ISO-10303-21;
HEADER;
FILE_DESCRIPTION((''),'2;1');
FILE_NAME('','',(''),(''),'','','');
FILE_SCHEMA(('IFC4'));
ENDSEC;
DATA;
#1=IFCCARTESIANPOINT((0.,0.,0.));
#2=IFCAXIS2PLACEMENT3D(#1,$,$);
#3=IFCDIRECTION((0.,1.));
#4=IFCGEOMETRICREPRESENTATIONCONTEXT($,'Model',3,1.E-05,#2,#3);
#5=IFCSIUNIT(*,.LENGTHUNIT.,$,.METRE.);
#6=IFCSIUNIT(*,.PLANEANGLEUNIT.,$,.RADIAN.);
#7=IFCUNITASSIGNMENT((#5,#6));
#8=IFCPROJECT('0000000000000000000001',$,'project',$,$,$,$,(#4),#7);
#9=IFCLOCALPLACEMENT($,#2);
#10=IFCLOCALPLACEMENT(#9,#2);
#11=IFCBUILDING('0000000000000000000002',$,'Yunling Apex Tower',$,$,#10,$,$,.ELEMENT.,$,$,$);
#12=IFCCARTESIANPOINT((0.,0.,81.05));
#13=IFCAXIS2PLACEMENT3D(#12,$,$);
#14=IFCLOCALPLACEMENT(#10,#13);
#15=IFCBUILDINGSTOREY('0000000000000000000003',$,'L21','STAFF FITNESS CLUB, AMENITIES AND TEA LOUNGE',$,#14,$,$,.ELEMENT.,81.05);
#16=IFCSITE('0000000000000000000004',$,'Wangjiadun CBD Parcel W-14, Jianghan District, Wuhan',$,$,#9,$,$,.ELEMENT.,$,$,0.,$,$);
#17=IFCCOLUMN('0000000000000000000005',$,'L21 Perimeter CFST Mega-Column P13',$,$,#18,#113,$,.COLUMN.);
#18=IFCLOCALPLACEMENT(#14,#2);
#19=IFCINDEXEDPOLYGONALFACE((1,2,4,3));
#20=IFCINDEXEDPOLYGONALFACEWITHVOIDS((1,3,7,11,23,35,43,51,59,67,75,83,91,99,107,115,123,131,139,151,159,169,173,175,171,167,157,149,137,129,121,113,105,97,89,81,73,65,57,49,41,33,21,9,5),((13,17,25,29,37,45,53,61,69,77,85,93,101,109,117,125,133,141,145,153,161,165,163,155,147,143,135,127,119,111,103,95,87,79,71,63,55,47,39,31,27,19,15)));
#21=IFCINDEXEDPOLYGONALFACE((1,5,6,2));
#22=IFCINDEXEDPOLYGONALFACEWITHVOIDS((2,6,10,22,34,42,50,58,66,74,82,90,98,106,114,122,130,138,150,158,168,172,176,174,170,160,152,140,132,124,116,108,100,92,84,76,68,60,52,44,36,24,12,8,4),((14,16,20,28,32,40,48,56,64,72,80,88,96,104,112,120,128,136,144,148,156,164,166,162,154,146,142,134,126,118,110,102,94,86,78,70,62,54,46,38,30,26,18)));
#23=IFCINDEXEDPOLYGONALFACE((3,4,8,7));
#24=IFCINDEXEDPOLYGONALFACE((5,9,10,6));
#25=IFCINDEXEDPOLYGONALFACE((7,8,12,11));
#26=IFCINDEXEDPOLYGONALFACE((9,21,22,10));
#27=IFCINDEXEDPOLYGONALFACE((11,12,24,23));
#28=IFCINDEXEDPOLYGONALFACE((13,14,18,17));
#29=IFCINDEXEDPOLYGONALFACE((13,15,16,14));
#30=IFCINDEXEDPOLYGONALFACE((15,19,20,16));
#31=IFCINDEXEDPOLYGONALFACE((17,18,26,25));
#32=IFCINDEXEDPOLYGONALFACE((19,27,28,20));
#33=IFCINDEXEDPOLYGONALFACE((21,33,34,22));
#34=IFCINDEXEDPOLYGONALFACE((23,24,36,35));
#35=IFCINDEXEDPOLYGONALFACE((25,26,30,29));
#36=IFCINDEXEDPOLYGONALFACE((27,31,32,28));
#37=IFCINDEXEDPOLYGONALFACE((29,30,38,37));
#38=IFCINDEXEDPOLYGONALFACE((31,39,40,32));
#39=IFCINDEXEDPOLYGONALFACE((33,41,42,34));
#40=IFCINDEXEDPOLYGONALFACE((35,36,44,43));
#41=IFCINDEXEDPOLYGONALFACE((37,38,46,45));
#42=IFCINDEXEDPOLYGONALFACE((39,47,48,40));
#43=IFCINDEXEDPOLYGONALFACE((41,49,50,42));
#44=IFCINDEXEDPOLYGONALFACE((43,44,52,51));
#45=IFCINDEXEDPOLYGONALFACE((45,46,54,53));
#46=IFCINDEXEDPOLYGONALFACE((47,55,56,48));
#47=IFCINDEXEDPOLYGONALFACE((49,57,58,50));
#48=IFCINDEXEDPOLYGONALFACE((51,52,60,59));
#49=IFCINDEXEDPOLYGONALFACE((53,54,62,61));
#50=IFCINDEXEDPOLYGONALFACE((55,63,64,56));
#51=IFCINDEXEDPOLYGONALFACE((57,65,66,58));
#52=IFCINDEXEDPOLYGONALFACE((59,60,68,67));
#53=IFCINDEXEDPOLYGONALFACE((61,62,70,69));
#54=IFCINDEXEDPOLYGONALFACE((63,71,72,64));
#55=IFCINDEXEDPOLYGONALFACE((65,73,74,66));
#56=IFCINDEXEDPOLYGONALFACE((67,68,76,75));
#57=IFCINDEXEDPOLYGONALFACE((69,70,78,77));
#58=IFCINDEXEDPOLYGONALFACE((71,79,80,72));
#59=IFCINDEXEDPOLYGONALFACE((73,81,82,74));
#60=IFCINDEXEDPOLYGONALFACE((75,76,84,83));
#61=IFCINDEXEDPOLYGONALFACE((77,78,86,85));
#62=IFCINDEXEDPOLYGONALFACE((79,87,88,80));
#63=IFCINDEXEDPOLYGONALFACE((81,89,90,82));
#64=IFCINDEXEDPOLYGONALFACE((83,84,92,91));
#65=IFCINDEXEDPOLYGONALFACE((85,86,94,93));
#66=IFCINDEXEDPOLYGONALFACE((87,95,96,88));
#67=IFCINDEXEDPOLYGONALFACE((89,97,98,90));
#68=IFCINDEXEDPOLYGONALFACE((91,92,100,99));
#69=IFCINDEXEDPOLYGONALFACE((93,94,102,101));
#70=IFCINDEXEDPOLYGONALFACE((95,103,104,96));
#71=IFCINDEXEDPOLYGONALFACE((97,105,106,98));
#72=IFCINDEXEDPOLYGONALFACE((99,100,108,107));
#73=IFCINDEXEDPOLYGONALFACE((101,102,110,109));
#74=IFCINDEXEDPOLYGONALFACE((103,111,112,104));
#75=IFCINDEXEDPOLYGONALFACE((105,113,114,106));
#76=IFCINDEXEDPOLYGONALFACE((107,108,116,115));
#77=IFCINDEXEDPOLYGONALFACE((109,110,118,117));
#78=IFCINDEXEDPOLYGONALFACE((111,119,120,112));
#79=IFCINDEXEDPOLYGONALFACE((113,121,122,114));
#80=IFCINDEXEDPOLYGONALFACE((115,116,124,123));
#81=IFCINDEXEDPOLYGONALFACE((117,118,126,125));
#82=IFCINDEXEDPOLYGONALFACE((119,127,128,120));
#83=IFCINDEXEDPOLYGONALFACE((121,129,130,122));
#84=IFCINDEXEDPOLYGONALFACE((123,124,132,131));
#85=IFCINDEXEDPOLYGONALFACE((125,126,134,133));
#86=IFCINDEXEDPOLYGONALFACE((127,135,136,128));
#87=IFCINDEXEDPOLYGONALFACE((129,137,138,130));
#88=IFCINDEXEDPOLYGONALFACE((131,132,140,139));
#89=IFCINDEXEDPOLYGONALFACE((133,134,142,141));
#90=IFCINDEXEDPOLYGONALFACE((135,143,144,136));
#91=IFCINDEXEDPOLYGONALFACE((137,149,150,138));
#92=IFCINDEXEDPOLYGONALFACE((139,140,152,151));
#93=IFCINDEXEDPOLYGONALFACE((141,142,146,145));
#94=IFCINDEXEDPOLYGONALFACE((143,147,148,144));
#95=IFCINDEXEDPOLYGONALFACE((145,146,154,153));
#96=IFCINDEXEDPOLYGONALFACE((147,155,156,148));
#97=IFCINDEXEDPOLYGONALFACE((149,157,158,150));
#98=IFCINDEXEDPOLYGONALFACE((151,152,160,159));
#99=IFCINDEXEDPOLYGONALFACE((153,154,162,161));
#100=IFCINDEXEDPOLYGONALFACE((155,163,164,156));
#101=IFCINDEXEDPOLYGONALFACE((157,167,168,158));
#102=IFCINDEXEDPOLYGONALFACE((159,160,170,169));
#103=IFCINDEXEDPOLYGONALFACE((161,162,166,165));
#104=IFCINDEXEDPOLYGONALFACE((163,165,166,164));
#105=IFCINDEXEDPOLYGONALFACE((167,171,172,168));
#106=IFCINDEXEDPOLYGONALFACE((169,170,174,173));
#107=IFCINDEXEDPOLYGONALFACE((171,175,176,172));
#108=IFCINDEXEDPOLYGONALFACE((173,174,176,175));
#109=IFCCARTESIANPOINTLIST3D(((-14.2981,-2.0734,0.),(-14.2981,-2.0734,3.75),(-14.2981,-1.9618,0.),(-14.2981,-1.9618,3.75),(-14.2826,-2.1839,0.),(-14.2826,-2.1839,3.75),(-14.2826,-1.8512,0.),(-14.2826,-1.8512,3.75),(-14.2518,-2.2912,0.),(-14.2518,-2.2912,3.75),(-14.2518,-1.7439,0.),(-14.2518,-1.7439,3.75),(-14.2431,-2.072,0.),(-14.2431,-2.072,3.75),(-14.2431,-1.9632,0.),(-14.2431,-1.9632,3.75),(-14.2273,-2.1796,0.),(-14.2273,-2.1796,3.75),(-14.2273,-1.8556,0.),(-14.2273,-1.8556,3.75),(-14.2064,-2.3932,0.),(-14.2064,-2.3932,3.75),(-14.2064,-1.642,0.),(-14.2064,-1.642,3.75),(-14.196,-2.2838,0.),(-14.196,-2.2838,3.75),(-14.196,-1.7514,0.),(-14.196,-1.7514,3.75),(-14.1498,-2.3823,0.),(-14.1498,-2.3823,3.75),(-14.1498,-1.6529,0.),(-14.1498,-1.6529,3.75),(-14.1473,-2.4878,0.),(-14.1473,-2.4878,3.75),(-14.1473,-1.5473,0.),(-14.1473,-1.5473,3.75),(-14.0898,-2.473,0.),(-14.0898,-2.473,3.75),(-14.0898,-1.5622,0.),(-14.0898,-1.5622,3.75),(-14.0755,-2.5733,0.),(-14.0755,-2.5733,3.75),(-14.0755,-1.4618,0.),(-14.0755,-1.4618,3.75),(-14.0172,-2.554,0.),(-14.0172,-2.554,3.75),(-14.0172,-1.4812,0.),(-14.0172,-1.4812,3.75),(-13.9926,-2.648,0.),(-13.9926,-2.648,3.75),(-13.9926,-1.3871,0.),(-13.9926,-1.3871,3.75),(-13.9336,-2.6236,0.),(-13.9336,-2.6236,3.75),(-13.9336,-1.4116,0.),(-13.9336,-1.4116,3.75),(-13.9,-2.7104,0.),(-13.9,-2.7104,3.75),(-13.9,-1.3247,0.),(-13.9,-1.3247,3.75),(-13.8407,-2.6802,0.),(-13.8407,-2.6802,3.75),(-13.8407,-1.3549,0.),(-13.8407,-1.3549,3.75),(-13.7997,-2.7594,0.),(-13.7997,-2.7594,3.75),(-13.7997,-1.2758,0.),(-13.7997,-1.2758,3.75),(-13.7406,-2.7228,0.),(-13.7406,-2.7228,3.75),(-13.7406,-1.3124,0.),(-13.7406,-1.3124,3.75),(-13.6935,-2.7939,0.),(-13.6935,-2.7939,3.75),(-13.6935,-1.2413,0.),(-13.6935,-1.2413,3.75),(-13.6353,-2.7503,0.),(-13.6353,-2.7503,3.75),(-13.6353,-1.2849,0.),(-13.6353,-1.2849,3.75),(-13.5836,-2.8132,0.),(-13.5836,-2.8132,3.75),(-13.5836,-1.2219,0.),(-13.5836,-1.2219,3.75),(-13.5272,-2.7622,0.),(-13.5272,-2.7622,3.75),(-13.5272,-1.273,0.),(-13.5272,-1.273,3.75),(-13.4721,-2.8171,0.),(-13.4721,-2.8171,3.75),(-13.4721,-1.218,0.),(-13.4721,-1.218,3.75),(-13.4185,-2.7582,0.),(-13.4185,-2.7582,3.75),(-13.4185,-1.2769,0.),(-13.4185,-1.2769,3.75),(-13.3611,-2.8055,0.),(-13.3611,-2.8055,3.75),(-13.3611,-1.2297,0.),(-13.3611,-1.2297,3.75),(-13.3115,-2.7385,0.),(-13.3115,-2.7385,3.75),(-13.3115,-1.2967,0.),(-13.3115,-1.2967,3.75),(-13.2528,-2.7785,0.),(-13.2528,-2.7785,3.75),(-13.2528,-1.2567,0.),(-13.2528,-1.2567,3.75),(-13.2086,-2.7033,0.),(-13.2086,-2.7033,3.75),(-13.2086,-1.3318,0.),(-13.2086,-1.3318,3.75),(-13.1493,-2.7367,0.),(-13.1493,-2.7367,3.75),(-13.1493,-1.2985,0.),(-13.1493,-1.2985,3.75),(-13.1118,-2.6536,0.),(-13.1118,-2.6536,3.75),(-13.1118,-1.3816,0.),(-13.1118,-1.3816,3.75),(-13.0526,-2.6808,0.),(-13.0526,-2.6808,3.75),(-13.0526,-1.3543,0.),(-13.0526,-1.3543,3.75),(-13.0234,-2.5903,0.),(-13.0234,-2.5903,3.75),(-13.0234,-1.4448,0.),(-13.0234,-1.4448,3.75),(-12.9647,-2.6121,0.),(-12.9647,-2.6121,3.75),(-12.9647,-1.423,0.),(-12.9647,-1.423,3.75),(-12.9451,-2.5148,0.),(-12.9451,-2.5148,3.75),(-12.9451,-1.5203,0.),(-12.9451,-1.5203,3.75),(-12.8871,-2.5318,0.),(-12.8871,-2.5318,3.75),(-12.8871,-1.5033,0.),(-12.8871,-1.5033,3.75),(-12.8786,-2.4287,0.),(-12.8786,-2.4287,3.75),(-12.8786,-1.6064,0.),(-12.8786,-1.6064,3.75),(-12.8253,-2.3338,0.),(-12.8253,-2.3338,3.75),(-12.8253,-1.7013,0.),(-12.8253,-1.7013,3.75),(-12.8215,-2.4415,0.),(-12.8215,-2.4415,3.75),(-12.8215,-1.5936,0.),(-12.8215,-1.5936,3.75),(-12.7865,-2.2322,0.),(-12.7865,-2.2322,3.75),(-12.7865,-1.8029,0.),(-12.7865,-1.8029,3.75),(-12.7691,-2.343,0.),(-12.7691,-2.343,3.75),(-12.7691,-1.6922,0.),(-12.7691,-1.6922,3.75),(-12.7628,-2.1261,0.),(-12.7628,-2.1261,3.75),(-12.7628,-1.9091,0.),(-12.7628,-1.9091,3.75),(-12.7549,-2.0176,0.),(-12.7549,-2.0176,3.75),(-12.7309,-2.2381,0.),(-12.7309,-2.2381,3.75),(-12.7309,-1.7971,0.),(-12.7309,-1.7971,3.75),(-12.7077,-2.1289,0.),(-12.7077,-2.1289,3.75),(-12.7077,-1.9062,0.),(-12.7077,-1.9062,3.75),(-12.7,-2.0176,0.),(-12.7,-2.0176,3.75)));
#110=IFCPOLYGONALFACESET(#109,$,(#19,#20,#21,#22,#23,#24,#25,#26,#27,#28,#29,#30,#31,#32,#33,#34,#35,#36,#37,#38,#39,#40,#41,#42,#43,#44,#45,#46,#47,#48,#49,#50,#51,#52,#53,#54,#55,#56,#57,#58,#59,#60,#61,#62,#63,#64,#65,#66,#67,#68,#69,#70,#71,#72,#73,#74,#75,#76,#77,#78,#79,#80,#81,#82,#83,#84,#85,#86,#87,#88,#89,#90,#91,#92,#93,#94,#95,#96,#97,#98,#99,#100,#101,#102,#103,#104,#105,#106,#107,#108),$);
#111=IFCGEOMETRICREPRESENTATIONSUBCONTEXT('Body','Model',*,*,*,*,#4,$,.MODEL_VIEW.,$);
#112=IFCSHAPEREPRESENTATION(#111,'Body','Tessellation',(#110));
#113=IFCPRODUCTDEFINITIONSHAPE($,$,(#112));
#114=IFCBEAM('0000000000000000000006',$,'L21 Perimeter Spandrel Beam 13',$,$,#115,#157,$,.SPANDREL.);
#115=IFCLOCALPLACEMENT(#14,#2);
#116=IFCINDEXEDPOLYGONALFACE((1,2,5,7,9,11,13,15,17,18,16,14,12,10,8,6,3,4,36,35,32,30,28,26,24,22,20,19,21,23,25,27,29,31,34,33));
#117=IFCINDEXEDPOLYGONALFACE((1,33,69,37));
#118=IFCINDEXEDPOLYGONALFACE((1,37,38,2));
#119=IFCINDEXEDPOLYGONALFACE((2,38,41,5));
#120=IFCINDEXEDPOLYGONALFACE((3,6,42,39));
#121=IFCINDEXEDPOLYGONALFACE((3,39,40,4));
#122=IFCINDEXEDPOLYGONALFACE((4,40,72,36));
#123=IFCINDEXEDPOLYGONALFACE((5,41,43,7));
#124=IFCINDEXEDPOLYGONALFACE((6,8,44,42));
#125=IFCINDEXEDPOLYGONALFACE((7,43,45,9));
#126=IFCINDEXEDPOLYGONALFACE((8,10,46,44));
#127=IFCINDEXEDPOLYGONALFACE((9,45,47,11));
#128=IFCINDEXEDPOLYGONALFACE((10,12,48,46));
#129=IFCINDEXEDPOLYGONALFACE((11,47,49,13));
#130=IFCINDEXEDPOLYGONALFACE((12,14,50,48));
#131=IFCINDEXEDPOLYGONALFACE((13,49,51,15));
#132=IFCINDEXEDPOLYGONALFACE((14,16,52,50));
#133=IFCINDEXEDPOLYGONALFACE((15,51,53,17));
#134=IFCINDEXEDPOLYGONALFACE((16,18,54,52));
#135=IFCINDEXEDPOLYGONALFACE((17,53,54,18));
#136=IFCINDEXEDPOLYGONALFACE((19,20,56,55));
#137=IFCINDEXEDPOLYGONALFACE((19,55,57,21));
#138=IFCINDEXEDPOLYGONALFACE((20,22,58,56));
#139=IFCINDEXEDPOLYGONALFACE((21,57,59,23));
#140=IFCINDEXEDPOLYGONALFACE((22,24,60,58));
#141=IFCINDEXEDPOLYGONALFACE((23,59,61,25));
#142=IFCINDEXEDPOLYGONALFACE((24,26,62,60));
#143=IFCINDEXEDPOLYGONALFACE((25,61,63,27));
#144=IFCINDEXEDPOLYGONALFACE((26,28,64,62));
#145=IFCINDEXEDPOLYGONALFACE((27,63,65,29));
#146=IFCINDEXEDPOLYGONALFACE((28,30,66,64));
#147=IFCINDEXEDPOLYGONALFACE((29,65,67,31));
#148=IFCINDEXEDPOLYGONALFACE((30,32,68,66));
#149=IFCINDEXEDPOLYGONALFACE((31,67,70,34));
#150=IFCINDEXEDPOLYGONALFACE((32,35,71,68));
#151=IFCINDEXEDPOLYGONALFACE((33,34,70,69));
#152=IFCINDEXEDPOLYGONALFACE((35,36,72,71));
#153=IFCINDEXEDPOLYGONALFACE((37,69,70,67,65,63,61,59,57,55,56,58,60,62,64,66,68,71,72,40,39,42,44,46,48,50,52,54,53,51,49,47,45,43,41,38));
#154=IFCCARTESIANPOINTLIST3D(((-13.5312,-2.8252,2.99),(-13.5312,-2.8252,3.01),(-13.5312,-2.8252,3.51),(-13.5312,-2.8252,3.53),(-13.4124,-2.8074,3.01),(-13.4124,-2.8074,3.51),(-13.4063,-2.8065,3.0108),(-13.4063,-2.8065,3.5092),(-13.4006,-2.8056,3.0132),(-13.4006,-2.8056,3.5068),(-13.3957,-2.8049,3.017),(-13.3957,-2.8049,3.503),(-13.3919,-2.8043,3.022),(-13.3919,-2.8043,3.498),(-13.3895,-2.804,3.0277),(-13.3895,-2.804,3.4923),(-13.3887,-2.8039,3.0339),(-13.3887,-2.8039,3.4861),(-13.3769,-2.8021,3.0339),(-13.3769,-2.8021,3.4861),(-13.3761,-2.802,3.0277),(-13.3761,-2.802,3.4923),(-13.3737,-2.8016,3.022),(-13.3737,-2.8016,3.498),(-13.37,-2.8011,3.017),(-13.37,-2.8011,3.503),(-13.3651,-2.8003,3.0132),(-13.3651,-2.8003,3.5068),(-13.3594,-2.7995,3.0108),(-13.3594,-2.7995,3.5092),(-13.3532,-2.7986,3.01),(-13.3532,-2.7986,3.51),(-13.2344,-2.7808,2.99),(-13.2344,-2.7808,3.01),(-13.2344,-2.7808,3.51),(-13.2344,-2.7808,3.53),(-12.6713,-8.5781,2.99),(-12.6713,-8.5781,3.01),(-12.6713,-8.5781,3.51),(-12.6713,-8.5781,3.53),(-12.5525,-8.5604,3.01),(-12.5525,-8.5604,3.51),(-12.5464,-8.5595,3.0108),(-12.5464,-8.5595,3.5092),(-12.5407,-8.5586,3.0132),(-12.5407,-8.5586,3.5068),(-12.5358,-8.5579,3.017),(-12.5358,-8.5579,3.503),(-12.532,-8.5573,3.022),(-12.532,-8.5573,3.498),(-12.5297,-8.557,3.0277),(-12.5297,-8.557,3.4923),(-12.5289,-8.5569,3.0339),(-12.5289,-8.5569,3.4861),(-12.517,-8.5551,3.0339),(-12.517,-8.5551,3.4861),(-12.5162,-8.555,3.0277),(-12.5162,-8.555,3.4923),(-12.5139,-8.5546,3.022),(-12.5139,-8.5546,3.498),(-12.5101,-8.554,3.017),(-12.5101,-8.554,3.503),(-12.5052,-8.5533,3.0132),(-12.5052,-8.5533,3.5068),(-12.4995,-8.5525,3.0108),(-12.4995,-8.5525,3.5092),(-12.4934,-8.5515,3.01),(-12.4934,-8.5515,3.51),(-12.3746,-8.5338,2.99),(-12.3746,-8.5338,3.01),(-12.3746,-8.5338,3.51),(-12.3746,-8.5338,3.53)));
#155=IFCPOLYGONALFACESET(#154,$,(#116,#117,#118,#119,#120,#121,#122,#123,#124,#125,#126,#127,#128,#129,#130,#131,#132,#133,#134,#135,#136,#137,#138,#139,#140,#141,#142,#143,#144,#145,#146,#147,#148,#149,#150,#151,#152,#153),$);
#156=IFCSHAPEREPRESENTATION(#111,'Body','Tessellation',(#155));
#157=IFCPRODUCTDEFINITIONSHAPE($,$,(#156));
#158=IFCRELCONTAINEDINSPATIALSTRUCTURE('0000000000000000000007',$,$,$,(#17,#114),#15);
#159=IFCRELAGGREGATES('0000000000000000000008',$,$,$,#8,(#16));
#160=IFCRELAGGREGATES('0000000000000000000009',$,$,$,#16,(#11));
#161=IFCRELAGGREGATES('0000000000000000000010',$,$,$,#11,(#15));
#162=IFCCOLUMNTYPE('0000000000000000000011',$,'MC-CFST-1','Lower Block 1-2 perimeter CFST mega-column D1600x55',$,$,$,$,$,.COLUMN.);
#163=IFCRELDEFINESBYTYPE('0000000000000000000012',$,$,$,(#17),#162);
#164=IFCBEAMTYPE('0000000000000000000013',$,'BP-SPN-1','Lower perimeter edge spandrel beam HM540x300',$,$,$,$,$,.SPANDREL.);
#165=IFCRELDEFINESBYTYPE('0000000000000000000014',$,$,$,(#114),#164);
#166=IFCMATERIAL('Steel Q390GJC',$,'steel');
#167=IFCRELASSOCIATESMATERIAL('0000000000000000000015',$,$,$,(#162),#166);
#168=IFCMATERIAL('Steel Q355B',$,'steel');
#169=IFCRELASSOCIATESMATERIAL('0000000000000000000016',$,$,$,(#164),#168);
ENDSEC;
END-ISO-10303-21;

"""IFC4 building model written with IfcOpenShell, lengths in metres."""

from ifc_helpers import new_model, si_unit, direction, frame, origin, origin_2d, place, context, subcontext, project, spatial, hollow_circle, i_section, extrude, source, transform, mapped, material, material_profile, profile_set, type_object, element, save


model = new_model("IFC4")

# Units and contexts
model_context = context("Model", 3, precision=1e-05, world=origin(), true_north=direction((0.0, 1.0)))
body_context = subcontext(model_context, "Body", "Model", "MODEL_VIEW")
ifc_project = project(units=[si_unit("LENGTHUNIT", "METRE"), si_unit("PLANEANGLEUNIT", "RADIAN")], contexts=[model_context])

# Site, building, storey
site_placement = place(None, origin())
site = spatial("IfcSite", under=ifc_project, at=site_placement, Name="Wangjiadun CBD Parcel W-14, Jianghan District, Wuhan", CompositionType="ELEMENT", RefElevation=0.0)
building_placement = place(site_placement, origin())
building = spatial("IfcBuilding", under=site, at=building_placement, Name="Yunling Apex Tower", CompositionType="ELEMENT")
storey_placement = place(building_placement, frame((0.0, 0.0, 81.05)))
storey = spatial("IfcBuildingStorey", under=building, at=storey_placement, Name="L21", Description="STAFF FITNESS CLUB, AMENITIES AND TEA LOUNGE", CompositionType="ELEMENT", Elevation=81.05)

# Column
ifc_material_1 = material(Name="Steel Q390GJC", Category="steel")
ifc_material_profile_1 = material_profile(ifc_material_1, hollow_circle(Radius=0.8, WallThickness=0.0549, at=origin_2d()))
ifc_profile_set_1 = profile_set([ifc_material_profile_1], Name="Steel Q390GJC")
column_type = type_object("IfcColumnType", Name="MC-CFST-1", Description="Lower Block 1-2 perimeter CFST mega-column D1600x55", PredefinedType="COLUMN", material=ifc_profile_set_1)
shared_shape_1 = source(origin(), body_context, "Body", "SweptSolid", [
    extrude(hollow_circle(Radius=0.8, WallThickness=0.0549, at=origin_2d()), origin(), (0.0, 0.0, 1.0), 3.75),
])
column_placement = place(storey_placement, frame((-13.5, -2.0176, 0.0), z_axis=(0.0, 0.0, 1.0), x_axis=(1.0, 0.0, 0.0)))
element("IfcColumn", 1, at=column_placement, inside=storey, type_object=column_type, Name="L21 Perimeter CFST Mega-Column P13", PredefinedType="COLUMN", context=body_context, shape_type="MappedRepresentation", body=[
    mapped(shared_shape_1, transform((0.0, 0.0, 0.0), scale=1.0)),
])

# Beam
ifc_material_2 = material(Name="Steel Q355B", Category="steel")
ifc_material_profile_2 = material_profile(ifc_material_2, i_section(OverallWidth=0.3, OverallDepth=0.54, WebThickness=0.012, FlangeThickness=0.02, FilletRadius=0.0239, at=origin_2d()))
ifc_profile_set_2 = profile_set([ifc_material_profile_2], Name="Steel Q355B")
beam_type_1 = type_object("IfcBeamType", Name="BP-SPN-1", Description="Lower perimeter edge spandrel beam HM540x300", PredefinedType="SPANDREL", material=ifc_profile_set_2)
shared_shape_2 = source(origin(), body_context, "Body", "SweptSolid", [
    extrude(i_section(OverallWidth=0.3, OverallDepth=0.54, WebThickness=0.012, FlangeThickness=0.02, FilletRadius=0.0239, at=origin_2d()), origin(), (0.0, 0.0, 1.0), 5.8169),
])
beam_1_placement = place(storey_placement, frame((-13.3828, -2.803, 3.26), z_axis=(0.147823, -0.989014, 0.0), x_axis=(0.989014, 0.147823, 0.0)))
element("IfcBeam", 2, at=beam_1_placement, inside=storey, type_object=beam_type_1, Name="L21 Perimeter Spandrel Beam 13", PredefinedType="SPANDREL", context=body_context, shape_type="MappedRepresentation", body=[
    mapped(shared_shape_2, transform((0.0, 0.0, 0.0), scale=1.0)),
])

save(model, "model.ifc")
